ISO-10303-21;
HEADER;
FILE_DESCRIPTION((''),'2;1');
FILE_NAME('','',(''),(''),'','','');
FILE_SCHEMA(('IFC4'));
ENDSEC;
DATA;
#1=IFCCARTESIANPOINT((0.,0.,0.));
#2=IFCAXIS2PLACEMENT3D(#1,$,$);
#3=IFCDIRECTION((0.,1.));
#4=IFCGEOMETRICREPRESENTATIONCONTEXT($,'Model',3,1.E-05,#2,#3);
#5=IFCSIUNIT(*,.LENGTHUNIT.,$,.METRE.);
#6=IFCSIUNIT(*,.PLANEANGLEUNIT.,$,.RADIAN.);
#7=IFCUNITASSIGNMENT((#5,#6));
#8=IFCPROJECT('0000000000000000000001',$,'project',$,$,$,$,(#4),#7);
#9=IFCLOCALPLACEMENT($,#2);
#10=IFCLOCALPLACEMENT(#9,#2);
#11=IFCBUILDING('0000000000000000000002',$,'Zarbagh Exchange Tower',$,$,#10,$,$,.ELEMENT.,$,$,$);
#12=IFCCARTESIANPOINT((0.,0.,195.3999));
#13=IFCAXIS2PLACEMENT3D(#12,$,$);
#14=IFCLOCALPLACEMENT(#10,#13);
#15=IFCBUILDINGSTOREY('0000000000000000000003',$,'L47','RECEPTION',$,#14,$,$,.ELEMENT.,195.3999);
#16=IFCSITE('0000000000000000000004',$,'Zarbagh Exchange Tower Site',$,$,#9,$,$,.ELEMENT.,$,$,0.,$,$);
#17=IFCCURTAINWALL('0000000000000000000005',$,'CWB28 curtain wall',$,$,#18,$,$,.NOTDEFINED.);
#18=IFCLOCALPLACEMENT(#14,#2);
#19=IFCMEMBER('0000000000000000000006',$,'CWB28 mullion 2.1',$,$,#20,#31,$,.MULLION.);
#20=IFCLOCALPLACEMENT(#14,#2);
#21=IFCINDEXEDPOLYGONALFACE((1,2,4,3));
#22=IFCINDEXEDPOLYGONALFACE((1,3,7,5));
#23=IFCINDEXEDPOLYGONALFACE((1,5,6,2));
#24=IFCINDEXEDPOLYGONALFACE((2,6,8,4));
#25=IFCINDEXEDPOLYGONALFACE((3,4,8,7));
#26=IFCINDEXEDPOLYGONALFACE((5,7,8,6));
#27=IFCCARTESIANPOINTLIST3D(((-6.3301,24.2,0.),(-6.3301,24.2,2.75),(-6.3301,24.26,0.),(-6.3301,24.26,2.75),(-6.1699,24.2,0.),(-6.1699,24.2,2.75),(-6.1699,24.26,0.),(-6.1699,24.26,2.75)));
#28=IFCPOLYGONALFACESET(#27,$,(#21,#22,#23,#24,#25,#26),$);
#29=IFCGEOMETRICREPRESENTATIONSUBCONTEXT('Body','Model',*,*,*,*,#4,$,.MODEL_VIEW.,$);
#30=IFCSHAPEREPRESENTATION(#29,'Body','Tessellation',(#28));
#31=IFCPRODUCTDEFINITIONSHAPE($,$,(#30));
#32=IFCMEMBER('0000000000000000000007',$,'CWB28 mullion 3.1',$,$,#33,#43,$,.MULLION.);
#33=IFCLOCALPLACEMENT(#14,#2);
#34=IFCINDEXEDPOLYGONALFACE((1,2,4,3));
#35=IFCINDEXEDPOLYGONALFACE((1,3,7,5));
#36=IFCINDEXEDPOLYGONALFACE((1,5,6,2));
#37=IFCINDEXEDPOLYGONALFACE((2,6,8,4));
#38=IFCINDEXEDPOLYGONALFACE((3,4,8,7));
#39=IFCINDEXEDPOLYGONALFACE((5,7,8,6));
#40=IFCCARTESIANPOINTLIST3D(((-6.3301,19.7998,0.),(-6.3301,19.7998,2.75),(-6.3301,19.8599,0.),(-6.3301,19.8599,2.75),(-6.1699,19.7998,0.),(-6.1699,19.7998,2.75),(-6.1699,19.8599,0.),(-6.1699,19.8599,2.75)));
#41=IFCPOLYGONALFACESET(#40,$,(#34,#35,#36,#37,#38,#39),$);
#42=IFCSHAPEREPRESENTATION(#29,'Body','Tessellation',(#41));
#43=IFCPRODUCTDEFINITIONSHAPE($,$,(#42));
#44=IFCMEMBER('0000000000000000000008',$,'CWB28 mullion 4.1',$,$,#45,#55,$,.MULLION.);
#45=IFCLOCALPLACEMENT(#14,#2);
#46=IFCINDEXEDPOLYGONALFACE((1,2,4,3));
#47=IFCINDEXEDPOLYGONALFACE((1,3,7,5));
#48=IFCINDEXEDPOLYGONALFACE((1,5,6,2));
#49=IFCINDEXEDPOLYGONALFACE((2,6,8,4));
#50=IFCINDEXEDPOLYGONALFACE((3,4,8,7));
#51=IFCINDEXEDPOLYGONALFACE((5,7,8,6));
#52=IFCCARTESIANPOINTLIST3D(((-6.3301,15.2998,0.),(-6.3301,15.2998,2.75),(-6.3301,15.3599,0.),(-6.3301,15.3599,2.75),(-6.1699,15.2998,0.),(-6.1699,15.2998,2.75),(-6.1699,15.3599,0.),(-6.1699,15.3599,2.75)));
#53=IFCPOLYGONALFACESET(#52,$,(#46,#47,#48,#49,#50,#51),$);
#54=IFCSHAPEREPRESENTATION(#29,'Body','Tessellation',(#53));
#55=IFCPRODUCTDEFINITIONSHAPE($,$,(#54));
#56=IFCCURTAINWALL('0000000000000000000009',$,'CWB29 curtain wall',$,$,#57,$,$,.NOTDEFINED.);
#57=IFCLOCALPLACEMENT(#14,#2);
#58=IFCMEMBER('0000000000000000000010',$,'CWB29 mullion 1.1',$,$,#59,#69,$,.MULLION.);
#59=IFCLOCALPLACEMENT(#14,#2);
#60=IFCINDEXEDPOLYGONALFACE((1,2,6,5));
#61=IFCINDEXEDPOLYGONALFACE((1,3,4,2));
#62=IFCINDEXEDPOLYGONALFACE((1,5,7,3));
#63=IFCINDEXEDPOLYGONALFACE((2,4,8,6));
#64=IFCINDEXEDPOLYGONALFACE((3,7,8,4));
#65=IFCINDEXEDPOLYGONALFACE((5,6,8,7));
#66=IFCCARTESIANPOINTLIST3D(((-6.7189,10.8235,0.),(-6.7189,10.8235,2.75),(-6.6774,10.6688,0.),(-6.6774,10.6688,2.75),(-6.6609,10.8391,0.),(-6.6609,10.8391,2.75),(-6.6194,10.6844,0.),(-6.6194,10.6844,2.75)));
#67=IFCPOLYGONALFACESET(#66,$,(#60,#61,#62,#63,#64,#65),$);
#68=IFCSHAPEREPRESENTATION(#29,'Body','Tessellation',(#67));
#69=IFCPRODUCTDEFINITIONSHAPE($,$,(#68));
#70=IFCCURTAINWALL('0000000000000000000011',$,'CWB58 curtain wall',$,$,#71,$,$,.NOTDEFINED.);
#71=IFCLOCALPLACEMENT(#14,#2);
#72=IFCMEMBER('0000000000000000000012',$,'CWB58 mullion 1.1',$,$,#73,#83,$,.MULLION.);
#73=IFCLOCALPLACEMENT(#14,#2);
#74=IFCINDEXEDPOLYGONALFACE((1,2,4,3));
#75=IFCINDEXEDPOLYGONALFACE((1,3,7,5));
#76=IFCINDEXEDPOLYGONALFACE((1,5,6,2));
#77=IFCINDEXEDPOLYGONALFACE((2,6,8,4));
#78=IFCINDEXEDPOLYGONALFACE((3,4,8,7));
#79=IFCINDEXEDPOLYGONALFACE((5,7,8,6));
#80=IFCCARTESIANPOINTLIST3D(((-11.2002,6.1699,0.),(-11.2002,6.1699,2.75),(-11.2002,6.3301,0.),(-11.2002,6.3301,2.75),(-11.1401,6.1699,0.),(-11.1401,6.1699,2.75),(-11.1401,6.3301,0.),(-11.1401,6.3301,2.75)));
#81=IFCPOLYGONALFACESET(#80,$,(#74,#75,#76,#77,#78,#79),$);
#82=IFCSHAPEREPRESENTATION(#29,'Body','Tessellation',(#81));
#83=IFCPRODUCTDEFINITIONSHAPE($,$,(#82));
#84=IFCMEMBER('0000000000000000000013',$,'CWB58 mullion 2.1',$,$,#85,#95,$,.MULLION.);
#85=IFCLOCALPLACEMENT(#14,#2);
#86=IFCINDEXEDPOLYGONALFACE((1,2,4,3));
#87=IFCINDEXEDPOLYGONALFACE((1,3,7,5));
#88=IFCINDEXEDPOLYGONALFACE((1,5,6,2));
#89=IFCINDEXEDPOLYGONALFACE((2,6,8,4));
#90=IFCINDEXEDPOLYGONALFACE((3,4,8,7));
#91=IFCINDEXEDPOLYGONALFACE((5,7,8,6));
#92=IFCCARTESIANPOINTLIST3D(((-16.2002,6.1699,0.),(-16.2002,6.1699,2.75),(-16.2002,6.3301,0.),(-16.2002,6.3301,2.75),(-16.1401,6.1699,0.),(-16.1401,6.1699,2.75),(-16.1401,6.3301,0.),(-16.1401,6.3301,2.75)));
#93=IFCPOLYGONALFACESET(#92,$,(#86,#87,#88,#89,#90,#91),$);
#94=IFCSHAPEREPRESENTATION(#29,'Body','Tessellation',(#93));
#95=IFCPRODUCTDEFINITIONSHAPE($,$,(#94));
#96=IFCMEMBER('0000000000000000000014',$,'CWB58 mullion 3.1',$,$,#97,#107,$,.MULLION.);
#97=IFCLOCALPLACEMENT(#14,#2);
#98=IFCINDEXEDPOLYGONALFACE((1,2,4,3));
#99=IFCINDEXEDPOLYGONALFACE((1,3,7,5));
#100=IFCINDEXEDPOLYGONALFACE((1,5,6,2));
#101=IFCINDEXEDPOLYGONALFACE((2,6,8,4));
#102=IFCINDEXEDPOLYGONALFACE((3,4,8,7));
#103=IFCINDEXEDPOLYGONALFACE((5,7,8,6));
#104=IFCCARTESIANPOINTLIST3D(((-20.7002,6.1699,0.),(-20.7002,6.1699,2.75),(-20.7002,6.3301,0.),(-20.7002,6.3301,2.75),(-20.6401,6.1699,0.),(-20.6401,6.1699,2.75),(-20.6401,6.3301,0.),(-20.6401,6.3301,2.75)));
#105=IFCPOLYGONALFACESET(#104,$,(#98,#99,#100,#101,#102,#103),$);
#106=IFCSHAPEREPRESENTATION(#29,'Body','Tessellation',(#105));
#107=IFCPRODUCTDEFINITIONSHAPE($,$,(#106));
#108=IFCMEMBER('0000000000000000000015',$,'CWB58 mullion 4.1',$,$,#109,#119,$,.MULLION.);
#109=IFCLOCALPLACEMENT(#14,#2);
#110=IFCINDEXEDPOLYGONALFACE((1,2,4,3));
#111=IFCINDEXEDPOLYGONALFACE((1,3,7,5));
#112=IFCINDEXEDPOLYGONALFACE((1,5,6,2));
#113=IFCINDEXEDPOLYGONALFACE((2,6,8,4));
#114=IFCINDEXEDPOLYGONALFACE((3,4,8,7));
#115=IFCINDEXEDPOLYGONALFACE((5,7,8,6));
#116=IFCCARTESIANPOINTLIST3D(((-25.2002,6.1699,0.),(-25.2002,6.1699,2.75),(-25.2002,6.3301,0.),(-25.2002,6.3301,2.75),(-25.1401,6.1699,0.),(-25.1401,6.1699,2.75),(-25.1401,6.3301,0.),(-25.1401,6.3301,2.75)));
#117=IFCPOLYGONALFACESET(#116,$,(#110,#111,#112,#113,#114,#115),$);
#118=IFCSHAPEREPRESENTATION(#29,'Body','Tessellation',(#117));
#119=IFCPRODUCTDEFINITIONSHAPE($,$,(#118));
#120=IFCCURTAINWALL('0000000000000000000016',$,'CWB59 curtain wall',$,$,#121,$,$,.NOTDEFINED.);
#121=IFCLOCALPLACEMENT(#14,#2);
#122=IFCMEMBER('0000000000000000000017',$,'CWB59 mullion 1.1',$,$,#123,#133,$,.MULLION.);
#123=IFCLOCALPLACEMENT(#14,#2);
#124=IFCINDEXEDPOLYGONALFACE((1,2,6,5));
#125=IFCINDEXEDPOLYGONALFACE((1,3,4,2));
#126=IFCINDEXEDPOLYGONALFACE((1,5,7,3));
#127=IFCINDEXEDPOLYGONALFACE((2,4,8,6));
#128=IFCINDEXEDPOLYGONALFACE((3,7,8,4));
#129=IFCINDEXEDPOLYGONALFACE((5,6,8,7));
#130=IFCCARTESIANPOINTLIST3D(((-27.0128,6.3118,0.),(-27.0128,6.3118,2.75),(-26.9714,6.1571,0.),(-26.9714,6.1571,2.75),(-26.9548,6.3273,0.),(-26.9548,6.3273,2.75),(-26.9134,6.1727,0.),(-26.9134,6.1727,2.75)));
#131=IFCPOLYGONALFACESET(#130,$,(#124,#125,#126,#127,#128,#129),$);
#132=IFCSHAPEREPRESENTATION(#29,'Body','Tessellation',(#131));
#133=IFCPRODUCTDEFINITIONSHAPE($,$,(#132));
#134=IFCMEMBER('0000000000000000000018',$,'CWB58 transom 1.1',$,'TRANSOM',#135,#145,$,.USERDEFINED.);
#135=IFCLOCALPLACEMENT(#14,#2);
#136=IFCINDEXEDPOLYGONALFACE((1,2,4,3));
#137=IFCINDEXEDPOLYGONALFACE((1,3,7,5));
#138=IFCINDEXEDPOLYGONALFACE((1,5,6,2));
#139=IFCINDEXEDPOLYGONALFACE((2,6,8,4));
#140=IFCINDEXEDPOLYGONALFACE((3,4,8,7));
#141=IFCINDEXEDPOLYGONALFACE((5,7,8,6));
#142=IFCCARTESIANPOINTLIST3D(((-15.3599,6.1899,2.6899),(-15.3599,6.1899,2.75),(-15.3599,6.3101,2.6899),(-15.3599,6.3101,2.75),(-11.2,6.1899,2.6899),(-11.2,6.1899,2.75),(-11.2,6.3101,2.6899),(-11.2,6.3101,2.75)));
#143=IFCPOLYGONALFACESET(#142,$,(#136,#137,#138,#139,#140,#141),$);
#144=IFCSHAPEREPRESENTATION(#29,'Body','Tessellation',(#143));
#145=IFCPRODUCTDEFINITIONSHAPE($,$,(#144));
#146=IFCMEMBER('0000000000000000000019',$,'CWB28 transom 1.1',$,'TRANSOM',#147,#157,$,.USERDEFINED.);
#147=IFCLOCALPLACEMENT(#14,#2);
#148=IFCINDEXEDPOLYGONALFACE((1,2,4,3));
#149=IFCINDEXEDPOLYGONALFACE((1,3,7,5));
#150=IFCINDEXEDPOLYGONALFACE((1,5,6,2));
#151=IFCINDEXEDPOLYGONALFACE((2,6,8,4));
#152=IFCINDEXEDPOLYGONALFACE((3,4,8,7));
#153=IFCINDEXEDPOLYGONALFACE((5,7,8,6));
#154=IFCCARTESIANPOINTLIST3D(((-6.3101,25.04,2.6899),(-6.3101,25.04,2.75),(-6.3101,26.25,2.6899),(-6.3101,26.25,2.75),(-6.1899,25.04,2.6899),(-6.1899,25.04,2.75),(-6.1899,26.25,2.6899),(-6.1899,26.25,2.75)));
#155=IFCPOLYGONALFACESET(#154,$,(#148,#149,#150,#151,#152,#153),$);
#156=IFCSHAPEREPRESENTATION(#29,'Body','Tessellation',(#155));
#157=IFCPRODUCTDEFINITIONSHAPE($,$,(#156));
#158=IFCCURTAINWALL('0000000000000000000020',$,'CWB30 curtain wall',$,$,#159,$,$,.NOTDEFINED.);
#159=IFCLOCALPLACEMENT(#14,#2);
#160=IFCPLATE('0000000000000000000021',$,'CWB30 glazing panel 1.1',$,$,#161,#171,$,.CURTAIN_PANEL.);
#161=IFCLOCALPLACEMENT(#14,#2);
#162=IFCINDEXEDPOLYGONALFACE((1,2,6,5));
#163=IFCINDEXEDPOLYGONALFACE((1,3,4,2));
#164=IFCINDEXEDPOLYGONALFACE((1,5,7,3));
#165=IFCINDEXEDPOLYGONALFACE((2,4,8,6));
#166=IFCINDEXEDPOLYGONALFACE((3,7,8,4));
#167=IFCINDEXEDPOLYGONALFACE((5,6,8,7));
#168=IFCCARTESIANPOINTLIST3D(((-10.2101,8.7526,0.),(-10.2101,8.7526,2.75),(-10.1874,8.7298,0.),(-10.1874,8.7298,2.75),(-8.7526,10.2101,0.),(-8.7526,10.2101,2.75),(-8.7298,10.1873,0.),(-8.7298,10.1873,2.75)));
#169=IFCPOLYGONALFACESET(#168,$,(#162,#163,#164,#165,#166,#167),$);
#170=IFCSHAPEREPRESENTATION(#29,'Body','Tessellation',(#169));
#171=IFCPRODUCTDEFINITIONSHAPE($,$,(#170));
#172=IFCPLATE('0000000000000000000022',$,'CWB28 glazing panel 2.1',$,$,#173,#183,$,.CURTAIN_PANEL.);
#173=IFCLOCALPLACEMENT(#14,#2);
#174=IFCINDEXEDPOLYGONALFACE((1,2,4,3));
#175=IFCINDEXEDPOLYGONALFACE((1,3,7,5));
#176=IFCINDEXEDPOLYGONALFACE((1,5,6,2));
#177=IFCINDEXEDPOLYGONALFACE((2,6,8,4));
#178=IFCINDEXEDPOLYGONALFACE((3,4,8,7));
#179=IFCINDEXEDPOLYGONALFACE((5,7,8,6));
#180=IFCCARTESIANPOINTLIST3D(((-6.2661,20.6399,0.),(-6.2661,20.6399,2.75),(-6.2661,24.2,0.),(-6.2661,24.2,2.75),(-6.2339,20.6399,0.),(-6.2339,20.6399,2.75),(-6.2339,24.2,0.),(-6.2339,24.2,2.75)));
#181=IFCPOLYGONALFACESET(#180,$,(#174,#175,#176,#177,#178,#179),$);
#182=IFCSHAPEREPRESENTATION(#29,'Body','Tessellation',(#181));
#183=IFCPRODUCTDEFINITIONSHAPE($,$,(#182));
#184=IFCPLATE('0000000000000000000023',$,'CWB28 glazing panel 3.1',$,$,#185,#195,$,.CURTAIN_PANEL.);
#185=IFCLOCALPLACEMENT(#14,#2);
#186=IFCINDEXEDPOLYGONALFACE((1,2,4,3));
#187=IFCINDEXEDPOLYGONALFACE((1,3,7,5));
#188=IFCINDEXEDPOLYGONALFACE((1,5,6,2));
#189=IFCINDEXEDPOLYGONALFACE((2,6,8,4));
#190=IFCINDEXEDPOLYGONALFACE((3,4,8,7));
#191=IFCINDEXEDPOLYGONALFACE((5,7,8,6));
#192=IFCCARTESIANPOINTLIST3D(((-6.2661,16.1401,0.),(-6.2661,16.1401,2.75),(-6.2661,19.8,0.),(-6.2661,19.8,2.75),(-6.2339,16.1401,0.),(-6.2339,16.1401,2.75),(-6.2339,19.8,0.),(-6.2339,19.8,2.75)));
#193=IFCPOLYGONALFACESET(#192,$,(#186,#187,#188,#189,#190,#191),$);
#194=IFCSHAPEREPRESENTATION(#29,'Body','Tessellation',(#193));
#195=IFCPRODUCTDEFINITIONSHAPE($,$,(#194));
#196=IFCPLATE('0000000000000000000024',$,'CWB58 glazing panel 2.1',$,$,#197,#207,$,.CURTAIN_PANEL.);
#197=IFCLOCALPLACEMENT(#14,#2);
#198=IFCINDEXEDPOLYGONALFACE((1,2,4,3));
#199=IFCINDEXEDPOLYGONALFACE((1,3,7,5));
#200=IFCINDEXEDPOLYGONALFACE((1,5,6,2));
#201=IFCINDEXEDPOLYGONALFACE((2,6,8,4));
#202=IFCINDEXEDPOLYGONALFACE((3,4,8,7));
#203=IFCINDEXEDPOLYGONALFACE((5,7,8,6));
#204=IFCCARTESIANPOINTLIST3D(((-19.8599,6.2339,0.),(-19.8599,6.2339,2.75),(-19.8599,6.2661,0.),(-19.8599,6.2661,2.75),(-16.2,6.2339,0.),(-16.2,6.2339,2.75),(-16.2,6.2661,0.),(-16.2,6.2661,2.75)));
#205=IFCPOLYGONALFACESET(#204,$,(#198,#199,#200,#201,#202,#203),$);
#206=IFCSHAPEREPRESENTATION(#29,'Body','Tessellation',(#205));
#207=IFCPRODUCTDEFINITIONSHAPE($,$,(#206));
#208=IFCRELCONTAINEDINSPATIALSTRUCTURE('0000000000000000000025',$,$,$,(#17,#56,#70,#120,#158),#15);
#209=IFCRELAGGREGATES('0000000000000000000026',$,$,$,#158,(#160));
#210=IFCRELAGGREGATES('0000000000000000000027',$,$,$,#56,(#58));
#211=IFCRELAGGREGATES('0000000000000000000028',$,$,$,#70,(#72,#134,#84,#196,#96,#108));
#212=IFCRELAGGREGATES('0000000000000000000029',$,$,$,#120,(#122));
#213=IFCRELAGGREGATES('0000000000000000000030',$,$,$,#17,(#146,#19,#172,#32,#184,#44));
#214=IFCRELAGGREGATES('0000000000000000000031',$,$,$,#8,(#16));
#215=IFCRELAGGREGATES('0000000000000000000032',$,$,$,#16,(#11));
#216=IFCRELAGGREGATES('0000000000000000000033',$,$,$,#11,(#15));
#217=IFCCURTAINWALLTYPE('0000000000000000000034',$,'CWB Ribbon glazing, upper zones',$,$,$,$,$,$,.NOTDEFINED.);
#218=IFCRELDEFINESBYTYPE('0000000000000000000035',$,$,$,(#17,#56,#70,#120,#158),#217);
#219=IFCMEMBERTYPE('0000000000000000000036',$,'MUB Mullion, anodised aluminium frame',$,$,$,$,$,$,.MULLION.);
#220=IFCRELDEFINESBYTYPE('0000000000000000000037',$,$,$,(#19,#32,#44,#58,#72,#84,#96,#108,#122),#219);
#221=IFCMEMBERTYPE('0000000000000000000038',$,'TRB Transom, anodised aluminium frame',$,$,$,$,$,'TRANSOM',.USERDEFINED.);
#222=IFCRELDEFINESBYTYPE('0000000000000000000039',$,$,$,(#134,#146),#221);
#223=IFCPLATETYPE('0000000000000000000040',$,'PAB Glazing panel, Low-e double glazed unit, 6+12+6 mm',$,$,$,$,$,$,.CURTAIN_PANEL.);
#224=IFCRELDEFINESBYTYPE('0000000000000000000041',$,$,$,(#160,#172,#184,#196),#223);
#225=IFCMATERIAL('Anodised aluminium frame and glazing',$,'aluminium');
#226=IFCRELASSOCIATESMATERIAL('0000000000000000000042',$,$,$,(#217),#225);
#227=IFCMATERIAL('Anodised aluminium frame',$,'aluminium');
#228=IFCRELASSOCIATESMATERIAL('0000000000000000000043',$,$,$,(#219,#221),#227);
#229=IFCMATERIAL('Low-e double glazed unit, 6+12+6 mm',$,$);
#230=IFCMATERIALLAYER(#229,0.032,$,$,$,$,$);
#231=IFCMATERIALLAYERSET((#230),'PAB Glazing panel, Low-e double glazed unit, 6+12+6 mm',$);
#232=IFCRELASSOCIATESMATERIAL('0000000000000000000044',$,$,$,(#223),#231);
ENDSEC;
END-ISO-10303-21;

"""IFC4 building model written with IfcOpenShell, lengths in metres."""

from ifc_helpers import new_model, si_unit, direction, frame, origin, place, context, subcontext, project, spatial, polyline, outline, extrude, source, transform, mapped, material, layer, layer_set, type_object, element, aggregate, save


model = new_model("IFC4")

# Units and contexts
model_context = context("Model", 3, precision=1e-05, world=origin(), true_north=direction((0.0, 1.0)))
body_context = subcontext(model_context, "Body", "Model", "MODEL_VIEW")
ifc_project = project(units=[si_unit("LENGTHUNIT", "METRE"), si_unit("PLANEANGLEUNIT", "RADIAN")], contexts=[model_context])

# Site, building, storey
site_placement = place(None, origin())
site = spatial("IfcSite", under=ifc_project, at=site_placement, Name="Zarbagh Exchange Tower Site", CompositionType="ELEMENT", RefElevation=0.0)
building_placement = place(site_placement, origin())
building = spatial("IfcBuilding", under=site, at=building_placement, Name="Zarbagh Exchange Tower", CompositionType="ELEMENT")
storey_placement = place(building_placement, frame((0.0, 0.0, 195.3999)))
storey = spatial("IfcBuildingStorey", under=building, at=storey_placement, Name="L47", Description="RECEPTION", CompositionType="ELEMENT", Elevation=195.3999)

# Curtain wall, members
ifc_material_1 = material(Name="Anodised aluminium frame and glazing", Category="aluminium")
curtain_wall_type = type_object("IfcCurtainWallType", Name="CWB Ribbon glazing, upper zones", PredefinedType="NOTDEFINED", material=ifc_material_1)
curtain_wall_1_placement = place(storey_placement, origin())
curtain_wall_1 = element("IfcCurtainWall", 1, at=curtain_wall_1_placement, inside=storey, type_object=curtain_wall_type, Name="CWB28 curtain wall", PredefinedType="NOTDEFINED")
ifc_material_2 = material(Name="Anodised aluminium frame", Category="aluminium")
member_type_1 = type_object("IfcMemberType", Name="MUB Mullion, anodised aluminium frame", PredefinedType="MULLION", material=ifc_material_2)
shared_shape_1 = source(origin(), body_context, "Body", "SweptSolid", [
    extrude(outline(polyline([(0.0, -0.0801), (0.0601, -0.0801), (0.0601, 0.0801), (0.0, 0.0801), (0.0, -0.0801)])), origin(), (0.0, 0.0, 1.0), 2.75),
])
placement = place(storey_placement, origin())
member_1 = element("IfcMember", 2, at=placement, type_object=member_type_1, Name="CWB28 mullion 2.1", PredefinedType="MULLION", context=body_context, shape_type="MappedRepresentation", body=[
    mapped(shared_shape_1, transform((-6.25, 24.26, 0.0), x_axis=(0.0, -1.0, 0.0), y_axis=(1.0, 0.0, 0.0), z_axis=(0.0, 0.0, 1.0))),
])
member_2 = element("IfcMember", 3, at=placement, type_object=member_type_1, Name="CWB28 mullion 3.1", PredefinedType="MULLION", context=body_context, shape_type="MappedRepresentation", body=[
    mapped(shared_shape_1, transform((-6.25, 19.8599, 0.0), x_axis=(0.0, -1.0, 0.0), y_axis=(1.0, 0.0, 0.0), z_axis=(0.0, 0.0, 1.0))),
])
member_3 = element("IfcMember", 4, at=placement, type_object=member_type_1, Name="CWB28 mullion 4.1", PredefinedType="MULLION", context=body_context, shape_type="MappedRepresentation", body=[
    mapped(shared_shape_1, transform((-6.25, 15.3599, 0.0), x_axis=(0.0, -1.0, 0.0), y_axis=(1.0, 0.0, 0.0), z_axis=(0.0, 0.0, 1.0))),
])

# Curtain wall, member
curtain_wall_2_placement = place(storey_placement, origin())
curtain_wall_2 = element("IfcCurtainWall", 5, at=curtain_wall_2_placement, inside=storey, type_object=curtain_wall_type, Name="CWB29 curtain wall", PredefinedType="NOTDEFINED")
member_4 = element("IfcMember", 6, at=placement, type_object=member_type_1, Name="CWB29 mullion 1.1", PredefinedType="MULLION", context=body_context, shape_type="MappedRepresentation", body=[
    mapped(shared_shape_1, transform((-6.6401, 10.7617, 0.0), x_axis=(-0.965924, -0.258825, 0.0), y_axis=(0.258825, -0.965924, 0.0), z_axis=(0.0, 0.0, 1.0))),
])

# Curtain wall, members
curtain_wall_3_placement = place(storey_placement, origin())
curtain_wall_3 = element("IfcCurtainWall", 7, at=curtain_wall_3_placement, inside=storey, type_object=curtain_wall_type, Name="CWB58 curtain wall", PredefinedType="NOTDEFINED")
member_5 = element("IfcMember", 8, at=placement, type_object=member_type_1, Name="CWB58 mullion 1.1", PredefinedType="MULLION", context=body_context, shape_type="MappedRepresentation", body=[
    mapped(shared_shape_1, transform((-11.1401, 6.25, 0.0), x_axis=(-1.0, 0.0, 0.0), y_axis=(0.0, -1.0, 0.0), z_axis=(0.0, 0.0, 1.0))),
])
member_6 = element("IfcMember", 9, at=placement, type_object=member_type_1, Name="CWB58 mullion 2.1", PredefinedType="MULLION", context=body_context, shape_type="MappedRepresentation", body=[
    mapped(shared_shape_1, transform((-16.1401, 6.25, 0.0), x_axis=(-1.0, 0.0, 0.0), y_axis=(0.0, -1.0, 0.0), z_axis=(0.0, 0.0, 1.0))),
])
member_7 = element("IfcMember", 10, at=placement, type_object=member_type_1, Name="CWB58 mullion 3.1", PredefinedType="MULLION", context=body_context, shape_type="MappedRepresentation", body=[
    mapped(shared_shape_1, transform((-20.6401, 6.25, 0.0), x_axis=(-1.0, 0.0, 0.0), y_axis=(0.0, -1.0, 0.0), z_axis=(0.0, 0.0, 1.0))),
])
member_8 = element("IfcMember", 11, at=placement, type_object=member_type_1, Name="CWB58 mullion 4.1", PredefinedType="MULLION", context=body_context, shape_type="MappedRepresentation", body=[
    mapped(shared_shape_1, transform((-25.1401, 6.25, 0.0), x_axis=(-1.0, 0.0, 0.0), y_axis=(0.0, -1.0, 0.0), z_axis=(0.0, 0.0, 1.0))),
])

# Curtain wall, member
curtain_wall_4_placement = place(storey_placement, origin())
curtain_wall_4 = element("IfcCurtainWall", 12, at=curtain_wall_4_placement, inside=storey, type_object=curtain_wall_type, Name="CWB59 curtain wall", PredefinedType="NOTDEFINED")
member_9 = element("IfcMember", 13, at=placement, type_object=member_type_1, Name="CWB59 mullion 1.1", PredefinedType="MULLION", context=body_context, shape_type="MappedRepresentation", body=[
    mapped(shared_shape_1, transform((-26.9341, 6.25, 0.0), x_axis=(-0.965924, -0.258825, 0.0), y_axis=(0.258825, -0.965924, 0.0), z_axis=(0.0, 0.0, 1.0))),
])

# Members
member_type_2 = type_object("IfcMemberType", Name="TRB Transom, anodised aluminium frame", ElementType="TRANSOM", PredefinedType="USERDEFINED", material=ifc_material_2)
shared_shape_2 = source(origin(), body_context, "Body", "SweptSolid", [
    extrude(outline(polyline([(-0.0601, -0.0601), (0.0, -0.0601), (0.0, 0.0601), (-0.0601, 0.0601), (-0.0601, -0.0601)])), origin(), (0.0, 0.0, 1.0), 4.1599),
])
member_10 = element("IfcMember", 14, at=placement, type_object=member_type_2, Name="CWB58 transom 1.1", ObjectType="TRANSOM", PredefinedType="USERDEFINED", context=body_context, shape_type="MappedRepresentation", body=[
    mapped(shared_shape_2, transform((-11.2, 6.25, 2.75), x_axis=(0.0, 0.0, 1.0), y_axis=(0.0, 1.0, 0.0), z_axis=(-1.0, 0.0, 0.0))),
])
shared_shape_3 = source(origin(), body_context, "Body", "SweptSolid", [
    extrude(outline(polyline([(-0.0601, -0.0601), (0.0, -0.0601), (0.0, 0.0601), (-0.0601, 0.0601), (-0.0601, -0.0601)])), origin(), (0.0, 0.0, 1.0), 1.21),
])
member_11 = element("IfcMember", 15, at=placement, type_object=member_type_2, Name="CWB28 transom 1.1", ObjectType="TRANSOM", PredefinedType="USERDEFINED", context=body_context, shape_type="MappedRepresentation", body=[
    mapped(shared_shape_3, transform((-6.25, 26.25, 2.75), x_axis=(0.0, 0.0, 1.0), y_axis=(-1.0, 0.0, 0.0), z_axis=(0.0, -1.0, 0.0))),
])

# Curtain wall, plate
curtain_wall_5_placement = place(storey_placement, origin())
curtain_wall_5 = element("IfcCurtainWall", 16, at=curtain_wall_5_placement, inside=storey, type_object=curtain_wall_type, Name="CWB30 curtain wall", PredefinedType="NOTDEFINED")
ifc_material_3 = material(Name="Low-e double glazed unit, 6+12+6 mm")
ifc_layer = layer(ifc_material_3, 0.032)
ifc_layer_set = layer_set([ifc_layer], Name="PAB Glazing panel, Low-e double glazed unit, 6+12+6 mm")
plate_type = type_object("IfcPlateType", Name="PAB Glazing panel, Low-e double glazed unit, 6+12+6 mm", PredefinedType="CURTAIN_PANEL", material=ifc_layer_set)
shared_shape_4 = source(origin(), body_context, "Body", "SweptSolid", [
    extrude(outline(polyline([(0.0, -0.0161), (2.0613, -0.0161), (2.0613, 0.0161), (0.0, 0.0161), (0.0, -0.0161)])), origin(), (0.0, 0.0, 1.0), 2.75),
])
plate_1 = element("IfcPlate", 17, at=placement, type_object=plate_type, Name="CWB30 glazing panel 1.1", PredefinedType="CURTAIN_PANEL", context=body_context, shape_type="MappedRepresentation", body=[
    mapped(shared_shape_4, transform((-8.7412, 10.1987, 0.0), x_axis=(-0.707107, -0.707107, 0.0), y_axis=(0.707107, -0.707107, 0.0), z_axis=(0.0, 0.0, 1.0))),
])
aggregate(curtain_wall_5, [plate_1])

# Plates
shared_shape_5 = source(origin(), body_context, "Body", "SweptSolid", [
    extrude(outline(polyline([(0.0, -0.0161), (3.5601, -0.0161), (3.5601, 0.0161), (0.0, 0.0161), (0.0, -0.0161)])), origin(), (0.0, 0.0, 1.0), 2.75),
])
plate_2 = element("IfcPlate", 18, at=placement, type_object=plate_type, Name="CWB28 glazing panel 2.1", PredefinedType="CURTAIN_PANEL", context=body_context, shape_type="MappedRepresentation", body=[
    mapped(shared_shape_5, transform((-6.25, 24.2, 0.0), x_axis=(0.0, -1.0, 0.0), y_axis=(1.0, 0.0, 0.0), z_axis=(0.0, 0.0, 1.0))),
])
shared_shape_6 = source(origin(), body_context, "Body", "SweptSolid", [
    extrude(outline(polyline([(0.0, -0.0161), (3.6599, -0.0161), (3.6599, 0.0161), (0.0, 0.0161), (0.0, -0.0161)])), origin(), (0.0, 0.0, 1.0), 2.75),
])
plate_3 = element("IfcPlate", 19, at=placement, type_object=plate_type, Name="CWB28 glazing panel 3.1", PredefinedType="CURTAIN_PANEL", context=body_context, shape_type="MappedRepresentation", body=[
    mapped(shared_shape_6, transform((-6.25, 19.8, 0.0), x_axis=(0.0, -1.0, 0.0), y_axis=(1.0, 0.0, 0.0), z_axis=(0.0, 0.0, 1.0))),
])
plate_4 = element("IfcPlate", 20, at=placement, type_object=plate_type, Name="CWB58 glazing panel 2.1", PredefinedType="CURTAIN_PANEL", context=body_context, shape_type="MappedRepresentation", body=[
    mapped(shared_shape_6, transform((-16.2, 6.25, 0.0), x_axis=(-1.0, 0.0, 0.0), y_axis=(0.0, -1.0, 0.0), z_axis=(0.0, 0.0, 1.0))),
])
aggregate(curtain_wall_2, [member_4])

aggregate(curtain_wall_3, [member_5, member_10, member_6, plate_4, member_7, member_8])
aggregate(curtain_wall_4, [member_9])
aggregate(curtain_wall_1, [member_11, member_1, plate_2, member_2, plate_3, member_3])

save(model, "model.ifc")
